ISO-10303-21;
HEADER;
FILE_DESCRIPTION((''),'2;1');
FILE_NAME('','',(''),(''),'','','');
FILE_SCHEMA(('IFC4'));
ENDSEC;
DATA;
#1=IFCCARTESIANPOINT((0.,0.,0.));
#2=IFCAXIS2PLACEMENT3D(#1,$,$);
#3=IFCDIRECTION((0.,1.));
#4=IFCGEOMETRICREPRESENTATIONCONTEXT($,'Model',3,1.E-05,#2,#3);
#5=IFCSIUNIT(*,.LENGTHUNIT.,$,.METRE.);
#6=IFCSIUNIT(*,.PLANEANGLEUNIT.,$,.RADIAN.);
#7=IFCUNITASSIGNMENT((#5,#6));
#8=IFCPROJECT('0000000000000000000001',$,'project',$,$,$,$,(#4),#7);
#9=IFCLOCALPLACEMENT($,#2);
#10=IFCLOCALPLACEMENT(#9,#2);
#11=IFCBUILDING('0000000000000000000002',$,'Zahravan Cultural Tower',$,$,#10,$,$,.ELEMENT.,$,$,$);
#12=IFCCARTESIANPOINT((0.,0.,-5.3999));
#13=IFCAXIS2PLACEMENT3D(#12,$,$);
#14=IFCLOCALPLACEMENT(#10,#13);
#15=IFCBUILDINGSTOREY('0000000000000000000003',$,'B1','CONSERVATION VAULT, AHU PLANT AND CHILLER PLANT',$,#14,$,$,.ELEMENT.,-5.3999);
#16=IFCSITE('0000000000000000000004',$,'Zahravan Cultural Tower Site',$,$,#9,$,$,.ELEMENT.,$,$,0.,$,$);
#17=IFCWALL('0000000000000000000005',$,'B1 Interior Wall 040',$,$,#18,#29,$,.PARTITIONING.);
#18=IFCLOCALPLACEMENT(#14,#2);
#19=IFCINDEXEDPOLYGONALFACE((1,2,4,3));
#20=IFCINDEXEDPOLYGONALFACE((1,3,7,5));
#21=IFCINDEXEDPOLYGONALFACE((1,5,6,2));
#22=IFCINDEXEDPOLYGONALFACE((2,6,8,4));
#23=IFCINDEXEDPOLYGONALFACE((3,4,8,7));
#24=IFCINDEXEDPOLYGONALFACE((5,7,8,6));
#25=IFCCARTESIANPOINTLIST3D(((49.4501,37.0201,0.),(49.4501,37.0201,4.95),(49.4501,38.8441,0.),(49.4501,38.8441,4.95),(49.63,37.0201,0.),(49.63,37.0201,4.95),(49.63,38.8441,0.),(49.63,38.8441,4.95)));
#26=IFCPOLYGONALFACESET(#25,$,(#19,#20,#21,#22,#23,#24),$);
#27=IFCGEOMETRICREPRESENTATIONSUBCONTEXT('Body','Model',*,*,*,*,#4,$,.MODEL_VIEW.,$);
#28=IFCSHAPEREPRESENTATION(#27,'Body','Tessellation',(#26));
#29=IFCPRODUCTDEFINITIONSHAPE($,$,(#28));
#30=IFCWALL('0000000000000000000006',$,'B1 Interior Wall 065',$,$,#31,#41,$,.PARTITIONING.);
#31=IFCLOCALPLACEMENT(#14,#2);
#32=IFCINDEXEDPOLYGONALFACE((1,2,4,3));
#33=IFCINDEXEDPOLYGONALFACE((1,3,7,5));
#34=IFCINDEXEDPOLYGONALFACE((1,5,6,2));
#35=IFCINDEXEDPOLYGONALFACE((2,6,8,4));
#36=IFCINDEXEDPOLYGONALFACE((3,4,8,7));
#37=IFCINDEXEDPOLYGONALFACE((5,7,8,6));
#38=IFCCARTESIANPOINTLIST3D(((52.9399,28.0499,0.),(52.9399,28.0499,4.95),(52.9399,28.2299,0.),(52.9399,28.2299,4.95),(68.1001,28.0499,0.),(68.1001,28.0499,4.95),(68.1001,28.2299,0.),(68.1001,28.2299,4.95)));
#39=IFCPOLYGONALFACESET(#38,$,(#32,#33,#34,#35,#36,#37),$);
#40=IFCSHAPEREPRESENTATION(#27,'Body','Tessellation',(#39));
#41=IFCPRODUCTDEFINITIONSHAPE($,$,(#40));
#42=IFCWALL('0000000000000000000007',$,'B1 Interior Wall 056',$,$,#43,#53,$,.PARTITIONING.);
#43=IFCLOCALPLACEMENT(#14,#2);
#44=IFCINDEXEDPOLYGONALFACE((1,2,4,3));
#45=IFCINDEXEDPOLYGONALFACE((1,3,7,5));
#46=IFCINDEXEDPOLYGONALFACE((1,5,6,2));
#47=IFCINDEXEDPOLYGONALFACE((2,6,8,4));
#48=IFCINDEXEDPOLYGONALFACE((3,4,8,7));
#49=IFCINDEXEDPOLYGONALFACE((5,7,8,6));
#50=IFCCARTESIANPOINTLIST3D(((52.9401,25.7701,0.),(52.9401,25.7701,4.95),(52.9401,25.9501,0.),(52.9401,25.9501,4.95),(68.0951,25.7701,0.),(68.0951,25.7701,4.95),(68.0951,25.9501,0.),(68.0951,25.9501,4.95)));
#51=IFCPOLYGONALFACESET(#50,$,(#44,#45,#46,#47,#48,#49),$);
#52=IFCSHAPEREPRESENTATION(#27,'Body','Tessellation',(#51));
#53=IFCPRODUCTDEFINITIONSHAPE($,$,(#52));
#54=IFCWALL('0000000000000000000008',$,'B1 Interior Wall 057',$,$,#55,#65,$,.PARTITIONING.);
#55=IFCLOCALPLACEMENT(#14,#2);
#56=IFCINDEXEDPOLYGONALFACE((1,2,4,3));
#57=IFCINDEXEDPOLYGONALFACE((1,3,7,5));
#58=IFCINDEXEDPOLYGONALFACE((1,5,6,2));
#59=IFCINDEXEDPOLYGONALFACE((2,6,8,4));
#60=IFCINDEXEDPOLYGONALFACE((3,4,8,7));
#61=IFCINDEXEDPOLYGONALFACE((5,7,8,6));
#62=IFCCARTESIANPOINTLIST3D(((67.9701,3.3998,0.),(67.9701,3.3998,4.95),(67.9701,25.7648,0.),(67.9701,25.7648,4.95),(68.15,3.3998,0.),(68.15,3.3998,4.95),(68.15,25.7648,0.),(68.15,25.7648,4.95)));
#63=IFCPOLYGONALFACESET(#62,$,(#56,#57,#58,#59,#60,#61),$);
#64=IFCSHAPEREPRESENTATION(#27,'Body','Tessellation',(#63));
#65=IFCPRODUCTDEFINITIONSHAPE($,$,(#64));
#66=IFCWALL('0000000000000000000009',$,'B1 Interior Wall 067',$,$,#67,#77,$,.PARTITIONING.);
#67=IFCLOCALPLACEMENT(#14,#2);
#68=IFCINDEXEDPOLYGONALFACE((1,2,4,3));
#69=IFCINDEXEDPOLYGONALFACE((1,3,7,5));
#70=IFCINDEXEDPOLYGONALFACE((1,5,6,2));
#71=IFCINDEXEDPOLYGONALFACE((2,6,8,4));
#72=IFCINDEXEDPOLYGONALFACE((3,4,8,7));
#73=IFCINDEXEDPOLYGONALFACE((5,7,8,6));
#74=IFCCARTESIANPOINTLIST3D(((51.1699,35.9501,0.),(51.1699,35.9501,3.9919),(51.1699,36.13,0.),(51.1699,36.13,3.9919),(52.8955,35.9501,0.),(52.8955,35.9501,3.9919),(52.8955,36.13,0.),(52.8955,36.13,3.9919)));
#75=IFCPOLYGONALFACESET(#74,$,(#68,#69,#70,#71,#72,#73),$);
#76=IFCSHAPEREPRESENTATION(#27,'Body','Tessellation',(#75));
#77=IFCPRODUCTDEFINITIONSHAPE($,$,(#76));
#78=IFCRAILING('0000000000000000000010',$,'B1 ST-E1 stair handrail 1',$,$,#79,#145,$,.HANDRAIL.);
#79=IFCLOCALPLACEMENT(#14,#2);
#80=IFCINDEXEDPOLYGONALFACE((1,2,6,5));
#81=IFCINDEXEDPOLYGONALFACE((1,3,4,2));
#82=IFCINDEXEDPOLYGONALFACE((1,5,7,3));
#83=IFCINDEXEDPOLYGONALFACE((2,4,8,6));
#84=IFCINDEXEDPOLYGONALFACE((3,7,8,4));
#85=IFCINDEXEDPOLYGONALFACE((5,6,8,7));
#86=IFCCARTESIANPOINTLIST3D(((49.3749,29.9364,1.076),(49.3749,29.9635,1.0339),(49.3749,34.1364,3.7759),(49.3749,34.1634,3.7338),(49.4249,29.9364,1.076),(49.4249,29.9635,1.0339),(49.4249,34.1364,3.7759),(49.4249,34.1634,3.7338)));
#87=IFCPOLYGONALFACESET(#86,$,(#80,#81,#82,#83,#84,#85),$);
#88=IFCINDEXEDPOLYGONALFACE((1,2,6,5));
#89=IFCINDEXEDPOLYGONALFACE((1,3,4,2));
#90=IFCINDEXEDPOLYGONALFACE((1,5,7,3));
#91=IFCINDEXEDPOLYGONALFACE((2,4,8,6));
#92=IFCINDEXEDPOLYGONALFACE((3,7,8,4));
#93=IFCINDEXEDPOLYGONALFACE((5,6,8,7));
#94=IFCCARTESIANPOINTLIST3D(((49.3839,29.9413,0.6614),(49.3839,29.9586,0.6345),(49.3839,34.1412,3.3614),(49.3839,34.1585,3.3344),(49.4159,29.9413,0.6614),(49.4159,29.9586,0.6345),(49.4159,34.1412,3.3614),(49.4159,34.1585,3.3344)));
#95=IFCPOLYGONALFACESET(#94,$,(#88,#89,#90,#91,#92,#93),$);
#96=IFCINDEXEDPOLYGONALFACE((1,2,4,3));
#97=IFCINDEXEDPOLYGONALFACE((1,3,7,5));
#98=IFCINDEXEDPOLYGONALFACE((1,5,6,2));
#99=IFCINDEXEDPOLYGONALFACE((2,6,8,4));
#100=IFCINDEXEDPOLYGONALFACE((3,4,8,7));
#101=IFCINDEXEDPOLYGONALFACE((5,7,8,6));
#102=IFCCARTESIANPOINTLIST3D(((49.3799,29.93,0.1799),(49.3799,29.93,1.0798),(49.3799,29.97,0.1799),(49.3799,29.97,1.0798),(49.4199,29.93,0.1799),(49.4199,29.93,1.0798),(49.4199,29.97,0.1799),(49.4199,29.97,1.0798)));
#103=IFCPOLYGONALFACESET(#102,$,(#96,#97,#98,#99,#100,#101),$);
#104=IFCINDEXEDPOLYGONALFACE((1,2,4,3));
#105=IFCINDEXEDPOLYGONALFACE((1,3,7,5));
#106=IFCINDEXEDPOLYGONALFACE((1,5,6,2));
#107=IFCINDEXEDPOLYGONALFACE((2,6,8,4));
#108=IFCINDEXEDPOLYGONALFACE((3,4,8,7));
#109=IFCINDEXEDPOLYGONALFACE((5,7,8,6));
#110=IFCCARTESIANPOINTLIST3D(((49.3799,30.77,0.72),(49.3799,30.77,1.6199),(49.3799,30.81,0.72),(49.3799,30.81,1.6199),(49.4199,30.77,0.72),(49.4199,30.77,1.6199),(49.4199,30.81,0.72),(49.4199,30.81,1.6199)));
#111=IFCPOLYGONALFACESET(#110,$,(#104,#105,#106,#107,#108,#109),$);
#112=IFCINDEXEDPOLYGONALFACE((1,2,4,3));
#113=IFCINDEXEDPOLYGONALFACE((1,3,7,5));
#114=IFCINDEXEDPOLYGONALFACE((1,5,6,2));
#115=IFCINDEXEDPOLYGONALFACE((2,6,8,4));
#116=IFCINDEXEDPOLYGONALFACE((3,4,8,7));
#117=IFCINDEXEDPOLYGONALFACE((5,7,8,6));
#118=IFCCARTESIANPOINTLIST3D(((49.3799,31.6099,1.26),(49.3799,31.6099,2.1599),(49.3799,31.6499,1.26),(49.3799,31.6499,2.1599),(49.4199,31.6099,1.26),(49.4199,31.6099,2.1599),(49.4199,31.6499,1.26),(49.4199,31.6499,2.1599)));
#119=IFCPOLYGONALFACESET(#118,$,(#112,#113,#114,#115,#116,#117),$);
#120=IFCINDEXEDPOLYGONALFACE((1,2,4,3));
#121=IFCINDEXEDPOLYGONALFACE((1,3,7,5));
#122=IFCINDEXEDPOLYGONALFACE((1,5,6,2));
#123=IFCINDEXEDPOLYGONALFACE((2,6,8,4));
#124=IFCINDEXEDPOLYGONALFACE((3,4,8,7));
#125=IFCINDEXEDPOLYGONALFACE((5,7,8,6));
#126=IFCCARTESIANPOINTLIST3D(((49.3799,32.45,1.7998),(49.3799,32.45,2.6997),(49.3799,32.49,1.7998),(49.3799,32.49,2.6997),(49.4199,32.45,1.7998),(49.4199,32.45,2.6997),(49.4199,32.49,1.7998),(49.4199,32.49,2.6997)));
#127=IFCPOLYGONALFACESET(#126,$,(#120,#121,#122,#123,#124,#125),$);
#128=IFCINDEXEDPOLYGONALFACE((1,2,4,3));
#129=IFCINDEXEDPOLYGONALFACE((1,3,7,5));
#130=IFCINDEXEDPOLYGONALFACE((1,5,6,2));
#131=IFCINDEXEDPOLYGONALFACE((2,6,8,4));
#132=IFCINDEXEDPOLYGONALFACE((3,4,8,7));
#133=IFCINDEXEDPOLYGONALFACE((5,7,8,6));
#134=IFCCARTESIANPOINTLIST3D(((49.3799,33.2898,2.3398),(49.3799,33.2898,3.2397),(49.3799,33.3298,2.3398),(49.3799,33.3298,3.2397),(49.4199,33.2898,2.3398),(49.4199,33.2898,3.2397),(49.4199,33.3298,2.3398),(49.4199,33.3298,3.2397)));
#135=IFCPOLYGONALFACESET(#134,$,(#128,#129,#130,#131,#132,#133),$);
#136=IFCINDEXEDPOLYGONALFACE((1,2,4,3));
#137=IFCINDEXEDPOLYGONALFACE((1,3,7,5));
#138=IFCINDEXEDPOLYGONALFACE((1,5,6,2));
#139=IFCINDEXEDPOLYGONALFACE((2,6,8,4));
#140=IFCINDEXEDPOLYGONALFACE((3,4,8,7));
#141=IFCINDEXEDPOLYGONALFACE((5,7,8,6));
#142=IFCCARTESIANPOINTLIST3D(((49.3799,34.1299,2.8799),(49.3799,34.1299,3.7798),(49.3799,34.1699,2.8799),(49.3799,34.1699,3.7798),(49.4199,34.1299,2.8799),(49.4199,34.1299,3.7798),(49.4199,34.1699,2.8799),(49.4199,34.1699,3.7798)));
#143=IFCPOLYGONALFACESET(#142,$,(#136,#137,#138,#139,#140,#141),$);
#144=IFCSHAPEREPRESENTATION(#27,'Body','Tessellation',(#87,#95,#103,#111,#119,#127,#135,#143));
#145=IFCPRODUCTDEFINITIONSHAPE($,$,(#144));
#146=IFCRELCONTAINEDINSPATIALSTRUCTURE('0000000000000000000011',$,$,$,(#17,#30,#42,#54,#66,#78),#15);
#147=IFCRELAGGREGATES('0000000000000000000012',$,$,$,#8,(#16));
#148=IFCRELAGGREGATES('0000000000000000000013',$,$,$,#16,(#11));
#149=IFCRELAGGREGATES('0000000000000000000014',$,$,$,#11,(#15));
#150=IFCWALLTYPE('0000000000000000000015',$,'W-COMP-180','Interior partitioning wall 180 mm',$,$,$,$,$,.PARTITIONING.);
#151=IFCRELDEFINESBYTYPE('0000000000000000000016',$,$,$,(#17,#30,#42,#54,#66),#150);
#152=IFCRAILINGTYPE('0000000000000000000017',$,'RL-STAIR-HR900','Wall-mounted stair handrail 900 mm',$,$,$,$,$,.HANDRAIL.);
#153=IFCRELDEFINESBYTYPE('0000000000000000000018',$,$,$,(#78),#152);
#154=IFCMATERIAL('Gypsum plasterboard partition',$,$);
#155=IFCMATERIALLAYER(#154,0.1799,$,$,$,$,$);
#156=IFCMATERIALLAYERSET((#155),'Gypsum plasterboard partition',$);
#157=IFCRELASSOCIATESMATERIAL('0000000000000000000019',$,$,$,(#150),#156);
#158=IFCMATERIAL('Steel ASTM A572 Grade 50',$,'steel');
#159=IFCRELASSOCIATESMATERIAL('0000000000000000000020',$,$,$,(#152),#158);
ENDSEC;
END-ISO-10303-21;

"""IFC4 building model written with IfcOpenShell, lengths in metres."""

from ifc_helpers import new_model, si_unit, direction, frame, frame_2d, origin, origin_2d, place, context, subcontext, project, spatial, rectangle, extrude, source, transform, mapped, material, layer, layer_set, type_object, element, save


model = new_model("IFC4")

# Units and contexts
model_context = context("Model", 3, precision=1e-05, world=origin(), true_north=direction((0.0, 1.0)))
body_context = subcontext(model_context, "Body", "Model", "MODEL_VIEW")
ifc_project = project(units=[si_unit("LENGTHUNIT", "METRE"), si_unit("PLANEANGLEUNIT", "RADIAN")], contexts=[model_context])

# Site, building, storey
site_placement = place(None, origin())
site = spatial("IfcSite", under=ifc_project, at=site_placement, Name="Zahravan Cultural Tower Site", CompositionType="ELEMENT", RefElevation=0.0)
building_placement = place(site_placement, origin())
building = spatial("IfcBuilding", under=site, at=building_placement, Name="Zahravan Cultural Tower", CompositionType="ELEMENT")
storey_placement = place(building_placement, frame((0.0, 0.0, -5.3999)))
storey = spatial("IfcBuildingStorey", under=building, at=storey_placement, Name="B1", Description="CONSERVATION VAULT, AHU PLANT AND CHILLER PLANT", CompositionType="ELEMENT", Elevation=-5.3999)

# Shared definitions
ifc_material_1 = material(Name="Steel ASTM A572 Grade 50", Category="steel")

# Shared definitions
ifc_material_2 = material(Name="Gypsum plasterboard partition")
ifc_layer_1 = layer(ifc_material_2, 0.1799)
ifc_layer_set_1 = layer_set([ifc_layer_1], Name="Gypsum plasterboard partition")
wall_type_1 = type_object("IfcWallType", Name="W-COMP-180", Description="Interior partitioning wall 180 mm", PredefinedType="PARTITIONING", material=ifc_layer_set_1)

# Walls
shared_shape_1 = source(origin(), body_context, "Body", "SweptSolid", [
    extrude(rectangle(XDim=1.824, YDim=0.1799, at=frame_2d((0.9121, 0.0))), origin(), (0.0, 0.0, 1.0), 4.95),
])
wall_1_placement = place(storey_placement, frame((49.54, 37.02, 0.0), z_axis=(0.0, 0.0, 1.0), x_axis=(0.0, 1.0, 0.0)))
element("IfcWall", 1, at=wall_1_placement, inside=storey, type_object=wall_type_1, Name="B1 Interior Wall 040", PredefinedType="PARTITIONING", context=body_context, shape_type="MappedRepresentation", body=[
    mapped(shared_shape_1, transform((0.0, 0.0, 0.0), x_axis=(1.0, 0.0, 0.0), y_axis=(0.0, 1.0, 0.0), z_axis=(0.0, 0.0, 1.0), scale=1.0)),
])
shared_shape_2 = source(origin(), body_context, "Body", "SweptSolid", [
    extrude(rectangle(XDim=15.1602, YDim=0.1799, at=frame_2d((7.5801, 0.0))), origin(), (0.0, 0.0, 1.0), 4.95),
])
wall_2_placement = place(storey_placement, frame((68.1001, 28.1399, 0.0), z_axis=(0.0, 0.0, 1.0), x_axis=(-1.0, 0.0, 0.0)))
element("IfcWall", 2, at=wall_2_placement, inside=storey, type_object=wall_type_1, Name="B1 Interior Wall 065", PredefinedType="PARTITIONING", context=body_context, shape_type="MappedRepresentation", body=[
    mapped(shared_shape_2, transform((0.0, 0.0, 0.0), x_axis=(1.0, 0.0, 0.0), y_axis=(0.0, 1.0, 0.0), z_axis=(0.0, 0.0, 1.0), scale=1.0)),
])
shared_shape_3 = source(origin(), body_context, "Body", "SweptSolid", [
    extrude(rectangle(XDim=15.155, YDim=0.1799, at=frame_2d((7.5776, 0.0))), origin(), (0.0, 0.0, 1.0), 4.95),
])
wall_3_placement = place(storey_placement, frame((52.9399, 25.8601, 0.0), z_axis=(0.0, 0.0, 1.0), x_axis=(1.0, 0.0, 0.0)))
element("IfcWall", 3, at=wall_3_placement, inside=storey, type_object=wall_type_1, Name="B1 Interior Wall 056", PredefinedType="PARTITIONING", context=body_context, shape_type="MappedRepresentation", body=[
    mapped(shared_shape_3, transform((0.0, 0.0, 0.0), x_axis=(1.0, 0.0, 0.0), y_axis=(0.0, 1.0, 0.0), z_axis=(0.0, 0.0, 1.0), scale=1.0)),
])
shared_shape_4 = source(origin(), body_context, "Body", "SweptSolid", [
    extrude(rectangle(XDim=22.365, YDim=0.1799, at=frame_2d((11.1826, 0.0))), origin(), (0.0, 0.0, 1.0), 4.95),
])
wall_4_placement = place(storey_placement, frame((68.0601, 25.7649, 0.0), z_axis=(0.0, 0.0, 1.0), x_axis=(0.0, -1.0, 0.0)))
element("IfcWall", 4, at=wall_4_placement, inside=storey, type_object=wall_type_1, Name="B1 Interior Wall 057", PredefinedType="PARTITIONING", context=body_context, shape_type="MappedRepresentation", body=[
    mapped(shared_shape_4, transform((0.0, 0.0, 0.0), x_axis=(1.0, 0.0, 0.0), y_axis=(0.0, 1.0, 0.0), z_axis=(0.0, 0.0, 1.0), scale=1.0)),
])
shared_shape_5 = source(origin(), body_context, "Body", "SweptSolid", [
    extrude(rectangle(XDim=1.7256, YDim=0.1799, at=frame_2d((0.8628, 0.0))), origin(), (0.0, 0.0, 1.0), 3.9919),
])
wall_5_placement = place(storey_placement, frame((52.8955, 36.04, 0.0), z_axis=(0.0, 0.0, 1.0), x_axis=(-1.0, 0.0, 0.0)))
element("IfcWall", 5, at=wall_5_placement, inside=storey, type_object=wall_type_1, Name="B1 Interior Wall 067", PredefinedType="PARTITIONING", context=body_context, shape_type="MappedRepresentation", body=[
    mapped(shared_shape_5, transform((0.0, 0.0, 0.0), x_axis=(1.0, 0.0, 0.0), y_axis=(0.0, 1.0, 0.0), z_axis=(0.0, 0.0, 1.0), scale=1.0)),
])

# Railing
railing_type = type_object("IfcRailingType", Name="RL-STAIR-HR900", Description="Wall-mounted stair handrail 900 mm", PredefinedType="HANDRAIL", material=ifc_material_1)
railing_placement = place(storey_placement, frame((49.3999, 29.95, 0.1799)))
element("IfcRailing", 6, at=railing_placement, inside=storey, type_object=railing_type, Name="B1 ST-E1 stair handrail 1", PredefinedType="HANDRAIL", context=body_context, shape_type="SweptSolid", body=[
    extrude(rectangle(XDim=0.05, YDim=0.05, at=origin_2d()), frame((0.0, 0.0, 0.875), z_axis=(0.0, 0.84118, 0.540755), x_axis=(-1.0, 0.0, 0.0)), (0.0, 0.0, 1.0), 4.9929),
    extrude(rectangle(XDim=0.032, YDim=0.032, at=origin_2d()), frame((0.0, 0.0, 0.468), z_axis=(0.0, 0.84118, 0.540755), x_axis=(-1.0, 0.0, 0.0)), (0.0, 0.0, 1.0), 4.9929),
    extrude(rectangle(XDim=0.04, YDim=0.04, at=origin_2d()), origin(), (0.0, 0.0, 1.0), 0.8999),
    extrude(rectangle(XDim=0.04, YDim=0.04, at=origin_2d()), frame((0.0, 0.8401, 0.54)), (0.0, 0.0, 1.0), 0.8999),
    extrude(rectangle(XDim=0.04, YDim=0.04, at=origin_2d()), frame((0.0, 1.6799, 1.0801)), (0.0, 0.0, 1.0), 0.8999),
    extrude(rectangle(XDim=0.04, YDim=0.04, at=origin_2d()), frame((0.0, 2.52, 1.6199)), (0.0, 0.0, 1.0), 0.8999),
    extrude(rectangle(XDim=0.04, YDim=0.04, at=origin_2d()), frame((0.0, 3.3599, 2.1599)), (0.0, 0.0, 1.0), 0.8999),
    extrude(rectangle(XDim=0.04, YDim=0.04, at=origin_2d()), frame((0.0, 4.2, 2.7)), (0.0, 0.0, 1.0), 0.8999),
])

save(model, "model.ifc")
